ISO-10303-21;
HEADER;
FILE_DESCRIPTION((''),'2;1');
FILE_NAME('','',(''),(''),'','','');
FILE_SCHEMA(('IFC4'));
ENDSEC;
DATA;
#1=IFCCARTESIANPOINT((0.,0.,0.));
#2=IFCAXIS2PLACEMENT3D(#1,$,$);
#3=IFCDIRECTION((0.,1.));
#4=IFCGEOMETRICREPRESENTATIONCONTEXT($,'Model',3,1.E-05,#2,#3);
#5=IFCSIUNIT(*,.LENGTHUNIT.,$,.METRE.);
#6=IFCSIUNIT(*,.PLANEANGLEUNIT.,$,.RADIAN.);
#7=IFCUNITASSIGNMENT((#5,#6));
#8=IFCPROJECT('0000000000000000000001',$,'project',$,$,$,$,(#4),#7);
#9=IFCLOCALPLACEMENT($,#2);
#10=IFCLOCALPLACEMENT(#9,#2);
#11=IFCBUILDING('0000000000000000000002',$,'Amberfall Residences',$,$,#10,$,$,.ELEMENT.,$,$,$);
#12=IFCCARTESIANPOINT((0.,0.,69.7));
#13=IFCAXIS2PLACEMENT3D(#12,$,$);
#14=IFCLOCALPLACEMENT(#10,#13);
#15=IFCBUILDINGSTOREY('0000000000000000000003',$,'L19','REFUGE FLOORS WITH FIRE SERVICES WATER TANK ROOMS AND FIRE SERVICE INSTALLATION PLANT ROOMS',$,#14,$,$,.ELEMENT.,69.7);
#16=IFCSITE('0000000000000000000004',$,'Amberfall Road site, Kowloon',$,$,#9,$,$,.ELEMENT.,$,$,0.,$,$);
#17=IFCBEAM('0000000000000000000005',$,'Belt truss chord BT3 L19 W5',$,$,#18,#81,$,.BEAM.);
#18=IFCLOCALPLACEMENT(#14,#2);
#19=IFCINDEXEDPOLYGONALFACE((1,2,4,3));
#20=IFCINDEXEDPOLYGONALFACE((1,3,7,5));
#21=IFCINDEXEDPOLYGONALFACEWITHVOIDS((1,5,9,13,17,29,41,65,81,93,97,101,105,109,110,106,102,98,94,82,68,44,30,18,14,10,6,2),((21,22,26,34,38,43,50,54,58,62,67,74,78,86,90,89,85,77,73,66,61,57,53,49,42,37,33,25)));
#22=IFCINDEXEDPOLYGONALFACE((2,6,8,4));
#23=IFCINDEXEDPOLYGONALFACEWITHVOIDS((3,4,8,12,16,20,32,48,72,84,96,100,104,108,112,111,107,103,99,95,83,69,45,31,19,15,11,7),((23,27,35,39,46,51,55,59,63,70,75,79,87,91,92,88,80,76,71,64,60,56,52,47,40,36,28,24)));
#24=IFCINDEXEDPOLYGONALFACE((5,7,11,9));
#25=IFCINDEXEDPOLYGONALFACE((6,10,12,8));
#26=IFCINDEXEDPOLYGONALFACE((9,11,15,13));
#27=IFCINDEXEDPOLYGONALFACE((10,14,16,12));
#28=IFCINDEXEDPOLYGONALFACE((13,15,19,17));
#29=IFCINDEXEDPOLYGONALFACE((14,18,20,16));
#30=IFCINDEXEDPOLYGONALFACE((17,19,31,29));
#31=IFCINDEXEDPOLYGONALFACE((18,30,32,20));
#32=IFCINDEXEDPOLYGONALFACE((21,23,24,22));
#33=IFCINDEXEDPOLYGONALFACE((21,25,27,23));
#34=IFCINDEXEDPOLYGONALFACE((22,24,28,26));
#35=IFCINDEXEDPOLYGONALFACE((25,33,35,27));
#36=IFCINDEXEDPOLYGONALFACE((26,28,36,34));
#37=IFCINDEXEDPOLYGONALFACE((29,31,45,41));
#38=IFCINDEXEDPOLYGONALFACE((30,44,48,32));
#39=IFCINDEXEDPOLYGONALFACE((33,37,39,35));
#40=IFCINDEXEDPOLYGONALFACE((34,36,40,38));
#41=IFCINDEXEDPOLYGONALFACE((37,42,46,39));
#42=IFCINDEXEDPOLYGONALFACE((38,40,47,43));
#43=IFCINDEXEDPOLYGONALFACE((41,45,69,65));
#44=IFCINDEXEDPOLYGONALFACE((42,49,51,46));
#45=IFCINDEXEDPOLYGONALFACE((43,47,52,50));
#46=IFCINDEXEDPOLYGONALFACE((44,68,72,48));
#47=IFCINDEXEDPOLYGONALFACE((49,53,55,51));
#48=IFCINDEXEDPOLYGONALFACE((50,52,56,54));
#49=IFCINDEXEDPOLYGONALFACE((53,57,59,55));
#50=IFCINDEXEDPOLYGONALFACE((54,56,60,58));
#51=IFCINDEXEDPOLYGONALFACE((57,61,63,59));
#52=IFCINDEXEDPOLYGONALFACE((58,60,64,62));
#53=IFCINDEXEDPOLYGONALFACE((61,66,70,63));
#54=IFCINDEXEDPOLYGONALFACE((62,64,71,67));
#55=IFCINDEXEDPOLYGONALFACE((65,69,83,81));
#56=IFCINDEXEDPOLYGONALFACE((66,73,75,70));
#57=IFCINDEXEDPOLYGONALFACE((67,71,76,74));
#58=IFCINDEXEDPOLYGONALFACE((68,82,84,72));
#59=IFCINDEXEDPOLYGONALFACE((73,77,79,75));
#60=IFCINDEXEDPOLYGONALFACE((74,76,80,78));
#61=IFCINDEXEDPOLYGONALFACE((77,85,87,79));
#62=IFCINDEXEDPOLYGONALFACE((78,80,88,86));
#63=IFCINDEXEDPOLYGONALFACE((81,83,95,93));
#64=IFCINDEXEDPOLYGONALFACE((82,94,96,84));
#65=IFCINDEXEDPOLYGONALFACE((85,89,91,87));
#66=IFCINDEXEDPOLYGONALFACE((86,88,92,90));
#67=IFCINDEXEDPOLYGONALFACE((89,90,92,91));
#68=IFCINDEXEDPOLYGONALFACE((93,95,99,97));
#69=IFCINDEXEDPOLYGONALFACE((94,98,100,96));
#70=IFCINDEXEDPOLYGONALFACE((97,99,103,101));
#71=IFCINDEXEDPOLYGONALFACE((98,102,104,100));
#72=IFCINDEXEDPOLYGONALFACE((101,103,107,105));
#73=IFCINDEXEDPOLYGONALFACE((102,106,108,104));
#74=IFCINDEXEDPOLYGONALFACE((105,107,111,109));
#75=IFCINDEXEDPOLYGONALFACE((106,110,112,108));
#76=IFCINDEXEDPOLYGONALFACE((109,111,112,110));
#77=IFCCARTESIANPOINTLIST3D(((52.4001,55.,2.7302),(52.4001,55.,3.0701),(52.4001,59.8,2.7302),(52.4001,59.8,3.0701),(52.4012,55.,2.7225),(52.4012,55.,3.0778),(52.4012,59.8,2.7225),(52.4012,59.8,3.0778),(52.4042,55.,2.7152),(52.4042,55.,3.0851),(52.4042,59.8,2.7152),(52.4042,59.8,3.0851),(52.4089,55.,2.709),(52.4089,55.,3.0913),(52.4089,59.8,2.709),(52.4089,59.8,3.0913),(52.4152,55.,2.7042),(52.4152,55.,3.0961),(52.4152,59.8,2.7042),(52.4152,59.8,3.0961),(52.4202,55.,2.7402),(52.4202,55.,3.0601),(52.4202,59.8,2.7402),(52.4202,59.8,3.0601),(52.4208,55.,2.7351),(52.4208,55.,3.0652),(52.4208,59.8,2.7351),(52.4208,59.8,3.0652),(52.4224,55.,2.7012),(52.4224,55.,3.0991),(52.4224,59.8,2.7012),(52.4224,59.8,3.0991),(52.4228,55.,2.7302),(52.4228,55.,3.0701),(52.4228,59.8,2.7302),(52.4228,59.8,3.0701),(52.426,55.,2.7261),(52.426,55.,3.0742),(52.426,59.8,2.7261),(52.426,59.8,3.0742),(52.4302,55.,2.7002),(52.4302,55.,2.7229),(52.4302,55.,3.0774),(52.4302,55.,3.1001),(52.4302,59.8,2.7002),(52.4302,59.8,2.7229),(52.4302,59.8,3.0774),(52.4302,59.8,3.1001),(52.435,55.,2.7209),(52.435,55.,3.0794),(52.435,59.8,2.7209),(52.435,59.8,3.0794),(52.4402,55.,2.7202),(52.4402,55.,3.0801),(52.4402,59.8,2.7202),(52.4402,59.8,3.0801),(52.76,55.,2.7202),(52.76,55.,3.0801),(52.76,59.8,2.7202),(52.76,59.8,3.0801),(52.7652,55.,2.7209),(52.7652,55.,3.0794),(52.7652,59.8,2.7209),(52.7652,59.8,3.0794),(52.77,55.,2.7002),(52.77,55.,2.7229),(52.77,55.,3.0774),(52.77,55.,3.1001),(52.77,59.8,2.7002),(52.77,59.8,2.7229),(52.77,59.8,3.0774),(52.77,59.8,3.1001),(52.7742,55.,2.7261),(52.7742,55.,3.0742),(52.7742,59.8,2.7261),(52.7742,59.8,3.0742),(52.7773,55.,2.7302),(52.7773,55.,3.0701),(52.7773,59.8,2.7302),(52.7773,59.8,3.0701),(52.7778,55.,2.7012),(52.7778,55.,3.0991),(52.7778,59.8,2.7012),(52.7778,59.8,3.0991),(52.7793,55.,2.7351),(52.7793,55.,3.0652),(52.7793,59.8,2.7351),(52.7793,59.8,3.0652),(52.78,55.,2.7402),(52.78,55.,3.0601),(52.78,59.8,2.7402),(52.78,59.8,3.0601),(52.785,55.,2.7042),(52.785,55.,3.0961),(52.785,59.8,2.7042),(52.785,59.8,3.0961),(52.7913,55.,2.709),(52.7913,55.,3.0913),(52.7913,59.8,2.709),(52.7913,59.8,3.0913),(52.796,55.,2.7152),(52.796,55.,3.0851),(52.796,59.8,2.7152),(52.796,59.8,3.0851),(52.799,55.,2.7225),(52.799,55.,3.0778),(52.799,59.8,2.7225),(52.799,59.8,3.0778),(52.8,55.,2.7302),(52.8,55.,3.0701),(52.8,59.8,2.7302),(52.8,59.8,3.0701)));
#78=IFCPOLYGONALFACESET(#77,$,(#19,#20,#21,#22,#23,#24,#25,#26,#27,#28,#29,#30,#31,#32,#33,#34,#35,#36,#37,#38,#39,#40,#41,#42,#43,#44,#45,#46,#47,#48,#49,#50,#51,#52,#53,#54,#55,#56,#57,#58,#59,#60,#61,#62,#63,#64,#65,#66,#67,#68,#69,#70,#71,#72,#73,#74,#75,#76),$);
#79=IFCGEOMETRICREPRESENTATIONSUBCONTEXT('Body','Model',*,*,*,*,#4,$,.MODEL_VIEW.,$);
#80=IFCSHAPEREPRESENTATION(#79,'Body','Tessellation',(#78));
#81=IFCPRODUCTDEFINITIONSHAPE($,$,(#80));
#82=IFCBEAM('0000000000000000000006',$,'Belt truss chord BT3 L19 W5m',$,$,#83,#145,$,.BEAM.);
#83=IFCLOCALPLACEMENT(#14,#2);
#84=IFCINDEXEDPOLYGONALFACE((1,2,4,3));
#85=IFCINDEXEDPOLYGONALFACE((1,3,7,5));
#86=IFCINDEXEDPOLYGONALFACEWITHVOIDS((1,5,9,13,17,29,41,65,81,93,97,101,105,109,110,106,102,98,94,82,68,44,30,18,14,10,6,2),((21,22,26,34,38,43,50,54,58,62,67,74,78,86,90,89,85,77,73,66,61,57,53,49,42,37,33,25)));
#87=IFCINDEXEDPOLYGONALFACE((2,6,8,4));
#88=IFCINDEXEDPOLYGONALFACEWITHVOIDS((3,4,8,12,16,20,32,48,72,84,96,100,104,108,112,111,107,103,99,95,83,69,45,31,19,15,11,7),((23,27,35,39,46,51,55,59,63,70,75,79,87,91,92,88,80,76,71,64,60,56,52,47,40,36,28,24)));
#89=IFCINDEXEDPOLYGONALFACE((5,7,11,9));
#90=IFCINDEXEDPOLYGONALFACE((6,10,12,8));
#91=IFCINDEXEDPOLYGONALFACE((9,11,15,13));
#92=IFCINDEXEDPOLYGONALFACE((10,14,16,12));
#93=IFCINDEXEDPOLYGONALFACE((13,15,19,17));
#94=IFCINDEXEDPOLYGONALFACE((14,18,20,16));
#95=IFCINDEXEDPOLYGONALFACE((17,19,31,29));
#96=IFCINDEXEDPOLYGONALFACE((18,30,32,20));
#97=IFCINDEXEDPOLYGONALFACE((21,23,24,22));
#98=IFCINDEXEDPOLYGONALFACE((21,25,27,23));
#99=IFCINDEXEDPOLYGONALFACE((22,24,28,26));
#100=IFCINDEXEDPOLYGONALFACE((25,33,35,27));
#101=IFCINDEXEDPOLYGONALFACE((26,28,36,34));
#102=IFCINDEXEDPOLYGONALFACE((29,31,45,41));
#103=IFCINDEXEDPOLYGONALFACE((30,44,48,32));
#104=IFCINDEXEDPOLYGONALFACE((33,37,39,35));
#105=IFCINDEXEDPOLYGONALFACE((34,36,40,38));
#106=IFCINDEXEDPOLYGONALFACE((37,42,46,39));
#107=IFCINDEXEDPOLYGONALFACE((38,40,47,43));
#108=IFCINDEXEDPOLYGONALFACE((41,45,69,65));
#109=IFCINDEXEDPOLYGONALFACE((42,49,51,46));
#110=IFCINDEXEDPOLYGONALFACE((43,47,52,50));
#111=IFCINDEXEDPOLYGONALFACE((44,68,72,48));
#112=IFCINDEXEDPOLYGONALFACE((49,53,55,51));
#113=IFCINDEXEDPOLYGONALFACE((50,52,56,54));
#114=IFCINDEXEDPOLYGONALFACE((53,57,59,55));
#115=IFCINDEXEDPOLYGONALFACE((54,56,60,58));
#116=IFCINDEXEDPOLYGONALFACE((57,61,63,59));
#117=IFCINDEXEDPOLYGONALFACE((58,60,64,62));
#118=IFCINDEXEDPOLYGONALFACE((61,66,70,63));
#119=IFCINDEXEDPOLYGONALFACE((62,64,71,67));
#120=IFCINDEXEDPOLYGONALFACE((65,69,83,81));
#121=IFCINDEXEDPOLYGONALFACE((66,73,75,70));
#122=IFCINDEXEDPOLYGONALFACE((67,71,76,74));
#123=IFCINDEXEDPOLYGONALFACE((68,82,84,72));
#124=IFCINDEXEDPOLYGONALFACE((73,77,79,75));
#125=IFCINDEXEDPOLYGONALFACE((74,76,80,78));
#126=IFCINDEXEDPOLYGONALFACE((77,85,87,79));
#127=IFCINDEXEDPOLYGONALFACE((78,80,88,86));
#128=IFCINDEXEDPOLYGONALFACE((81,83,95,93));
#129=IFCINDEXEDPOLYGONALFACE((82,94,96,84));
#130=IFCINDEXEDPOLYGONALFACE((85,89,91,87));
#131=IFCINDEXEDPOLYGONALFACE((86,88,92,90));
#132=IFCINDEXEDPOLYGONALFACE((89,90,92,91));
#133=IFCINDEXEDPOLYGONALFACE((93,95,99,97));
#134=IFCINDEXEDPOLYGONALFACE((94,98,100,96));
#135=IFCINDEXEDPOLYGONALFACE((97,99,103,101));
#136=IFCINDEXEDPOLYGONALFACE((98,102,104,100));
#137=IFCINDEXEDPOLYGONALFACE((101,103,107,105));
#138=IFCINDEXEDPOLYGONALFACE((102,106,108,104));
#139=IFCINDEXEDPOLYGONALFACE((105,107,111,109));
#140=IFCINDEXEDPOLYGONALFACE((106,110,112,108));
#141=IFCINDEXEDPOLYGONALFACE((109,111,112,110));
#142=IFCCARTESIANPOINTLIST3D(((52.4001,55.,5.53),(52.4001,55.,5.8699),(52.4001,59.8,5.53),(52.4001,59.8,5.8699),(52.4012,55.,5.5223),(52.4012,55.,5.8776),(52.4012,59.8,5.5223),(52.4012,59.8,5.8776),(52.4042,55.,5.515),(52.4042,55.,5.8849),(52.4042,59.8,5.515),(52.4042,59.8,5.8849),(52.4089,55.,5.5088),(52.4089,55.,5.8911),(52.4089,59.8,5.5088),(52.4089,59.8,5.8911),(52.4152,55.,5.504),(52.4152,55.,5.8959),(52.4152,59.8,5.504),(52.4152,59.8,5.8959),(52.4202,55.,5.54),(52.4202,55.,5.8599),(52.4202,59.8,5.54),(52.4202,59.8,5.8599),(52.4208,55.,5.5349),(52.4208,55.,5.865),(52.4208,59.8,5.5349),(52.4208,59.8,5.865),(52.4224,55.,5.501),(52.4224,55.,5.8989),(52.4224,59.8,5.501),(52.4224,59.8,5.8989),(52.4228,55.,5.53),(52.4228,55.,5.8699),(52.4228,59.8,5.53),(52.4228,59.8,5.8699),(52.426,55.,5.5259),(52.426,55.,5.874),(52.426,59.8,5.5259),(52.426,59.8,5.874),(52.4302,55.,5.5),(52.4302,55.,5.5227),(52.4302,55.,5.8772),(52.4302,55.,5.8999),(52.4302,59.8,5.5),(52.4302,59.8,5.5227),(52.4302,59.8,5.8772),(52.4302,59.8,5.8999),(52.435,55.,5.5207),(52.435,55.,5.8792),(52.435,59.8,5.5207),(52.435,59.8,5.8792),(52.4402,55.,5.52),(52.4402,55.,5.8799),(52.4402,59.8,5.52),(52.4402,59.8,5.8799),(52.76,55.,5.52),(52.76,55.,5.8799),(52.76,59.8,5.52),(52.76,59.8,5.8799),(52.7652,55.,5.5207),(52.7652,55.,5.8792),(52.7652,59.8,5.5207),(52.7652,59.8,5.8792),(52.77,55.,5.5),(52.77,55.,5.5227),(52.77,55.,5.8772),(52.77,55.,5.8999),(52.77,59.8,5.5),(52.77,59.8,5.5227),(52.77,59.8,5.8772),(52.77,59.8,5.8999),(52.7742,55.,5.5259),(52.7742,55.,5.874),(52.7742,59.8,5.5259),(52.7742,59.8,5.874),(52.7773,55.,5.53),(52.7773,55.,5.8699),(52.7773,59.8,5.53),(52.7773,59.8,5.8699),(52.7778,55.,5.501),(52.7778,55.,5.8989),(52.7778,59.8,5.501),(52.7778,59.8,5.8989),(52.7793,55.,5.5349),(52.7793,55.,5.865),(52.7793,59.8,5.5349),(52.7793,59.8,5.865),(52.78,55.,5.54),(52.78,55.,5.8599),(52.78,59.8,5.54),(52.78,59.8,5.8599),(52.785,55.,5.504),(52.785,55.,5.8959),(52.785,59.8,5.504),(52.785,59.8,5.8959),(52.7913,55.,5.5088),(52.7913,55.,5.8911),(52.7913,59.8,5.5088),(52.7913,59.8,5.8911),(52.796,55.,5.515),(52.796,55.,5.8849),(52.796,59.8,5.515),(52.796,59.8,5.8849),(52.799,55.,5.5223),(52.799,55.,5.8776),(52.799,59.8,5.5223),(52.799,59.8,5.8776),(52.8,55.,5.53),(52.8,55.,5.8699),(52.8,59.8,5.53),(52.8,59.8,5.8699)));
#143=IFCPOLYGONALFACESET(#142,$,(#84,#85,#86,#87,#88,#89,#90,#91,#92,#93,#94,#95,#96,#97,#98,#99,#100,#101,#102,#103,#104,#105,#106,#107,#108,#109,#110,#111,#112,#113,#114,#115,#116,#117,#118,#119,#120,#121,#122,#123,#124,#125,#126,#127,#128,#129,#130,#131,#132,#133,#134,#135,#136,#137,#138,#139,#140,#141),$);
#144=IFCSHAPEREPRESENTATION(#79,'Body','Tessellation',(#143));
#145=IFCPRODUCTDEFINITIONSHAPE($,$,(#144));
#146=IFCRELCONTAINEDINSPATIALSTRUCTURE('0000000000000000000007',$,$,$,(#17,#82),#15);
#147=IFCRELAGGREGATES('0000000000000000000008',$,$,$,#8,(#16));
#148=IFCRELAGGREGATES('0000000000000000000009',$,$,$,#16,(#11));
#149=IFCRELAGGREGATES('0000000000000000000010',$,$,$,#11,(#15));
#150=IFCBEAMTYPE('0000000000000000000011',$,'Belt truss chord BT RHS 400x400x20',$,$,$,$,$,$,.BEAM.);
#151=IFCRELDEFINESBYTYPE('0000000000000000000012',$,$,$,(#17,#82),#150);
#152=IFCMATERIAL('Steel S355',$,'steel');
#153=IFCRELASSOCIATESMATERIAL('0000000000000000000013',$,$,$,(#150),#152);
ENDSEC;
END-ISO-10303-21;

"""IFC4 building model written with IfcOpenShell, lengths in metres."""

from ifc_helpers import new_model, si_unit, direction, frame, origin, origin_2d, place, context, subcontext, project, spatial, hollow_rectangle, extrude, material, material_profile, profile_set, type_object, element, save


model = new_model("IFC4")

# Units and contexts
model_context = context("Model", 3, precision=1e-05, world=origin(), true_north=direction((0.0, 1.0)))
body_context = subcontext(model_context, "Body", "Model", "MODEL_VIEW")
ifc_project = project(units=[si_unit("LENGTHUNIT", "METRE"), si_unit("PLANEANGLEUNIT", "RADIAN")], contexts=[model_context])

# Site, building, storey
site_placement = place(None, origin())
site = spatial("IfcSite", under=ifc_project, at=site_placement, Name="Amberfall Road site, Kowloon", CompositionType="ELEMENT", RefElevation=0.0)
building_placement = place(site_placement, origin())
building = spatial("IfcBuilding", under=site, at=building_placement, Name="Amberfall Residences", CompositionType="ELEMENT")
storey_placement = place(building_placement, frame((0.0, 0.0, 69.7)))
storey = spatial("IfcBuildingStorey", under=building, at=storey_placement, Name="L19", Description="REFUGE FLOORS WITH FIRE SERVICES WATER TANK ROOMS AND FIRE SERVICE INSTALLATION PLANT ROOMS", CompositionType="ELEMENT", Elevation=69.7)

# Beams
ifc_material_1 = material(Name="Steel S355", Category="steel")
ifc_material_profile_1 = material_profile(ifc_material_1, hollow_rectangle(XDim=0.3999, YDim=0.3999, WallThickness=0.02, InnerFilletRadius=0.02, OuterFilletRadius=0.03, at=origin_2d()), Name="RHS 400x400x20")
ifc_profile_set_1 = profile_set([ifc_material_profile_1], Name="Steel S355")
beam_type_1 = type_object("IfcBeamType", Name="Belt truss chord BT RHS 400x400x20", PredefinedType="BEAM", material=ifc_profile_set_1)
for number, where, z_axis, x_axis, name in (
    (1, (52.6001, 55.0, 2.9001), (0.0, 1.0, 0.0), (-1.0, 0.0, 0.0), "Belt truss chord BT3 L19 W5"),
    (2, (52.6001, 55.0, 5.7), (0.0, 1.0, 0.0), (-1.0, 0.0, 0.0), "Belt truss chord BT3 L19 W5m"),
):
    element("IfcBeam", number, at=place(storey_placement, frame(where, z_axis=z_axis, x_axis=x_axis)), inside=storey, type_object=beam_type_1, Name=name, PredefinedType="BEAM", context=body_context, shape_type="SweptSolid", body=[
        extrude(hollow_rectangle(XDim=0.3999, YDim=0.3999, WallThickness=0.02, InnerFilletRadius=0.02, OuterFilletRadius=0.03, at=origin_2d()), origin(), (0.0, 0.0, 1.0), 4.8),
    ])

save(model, "model.ifc")
